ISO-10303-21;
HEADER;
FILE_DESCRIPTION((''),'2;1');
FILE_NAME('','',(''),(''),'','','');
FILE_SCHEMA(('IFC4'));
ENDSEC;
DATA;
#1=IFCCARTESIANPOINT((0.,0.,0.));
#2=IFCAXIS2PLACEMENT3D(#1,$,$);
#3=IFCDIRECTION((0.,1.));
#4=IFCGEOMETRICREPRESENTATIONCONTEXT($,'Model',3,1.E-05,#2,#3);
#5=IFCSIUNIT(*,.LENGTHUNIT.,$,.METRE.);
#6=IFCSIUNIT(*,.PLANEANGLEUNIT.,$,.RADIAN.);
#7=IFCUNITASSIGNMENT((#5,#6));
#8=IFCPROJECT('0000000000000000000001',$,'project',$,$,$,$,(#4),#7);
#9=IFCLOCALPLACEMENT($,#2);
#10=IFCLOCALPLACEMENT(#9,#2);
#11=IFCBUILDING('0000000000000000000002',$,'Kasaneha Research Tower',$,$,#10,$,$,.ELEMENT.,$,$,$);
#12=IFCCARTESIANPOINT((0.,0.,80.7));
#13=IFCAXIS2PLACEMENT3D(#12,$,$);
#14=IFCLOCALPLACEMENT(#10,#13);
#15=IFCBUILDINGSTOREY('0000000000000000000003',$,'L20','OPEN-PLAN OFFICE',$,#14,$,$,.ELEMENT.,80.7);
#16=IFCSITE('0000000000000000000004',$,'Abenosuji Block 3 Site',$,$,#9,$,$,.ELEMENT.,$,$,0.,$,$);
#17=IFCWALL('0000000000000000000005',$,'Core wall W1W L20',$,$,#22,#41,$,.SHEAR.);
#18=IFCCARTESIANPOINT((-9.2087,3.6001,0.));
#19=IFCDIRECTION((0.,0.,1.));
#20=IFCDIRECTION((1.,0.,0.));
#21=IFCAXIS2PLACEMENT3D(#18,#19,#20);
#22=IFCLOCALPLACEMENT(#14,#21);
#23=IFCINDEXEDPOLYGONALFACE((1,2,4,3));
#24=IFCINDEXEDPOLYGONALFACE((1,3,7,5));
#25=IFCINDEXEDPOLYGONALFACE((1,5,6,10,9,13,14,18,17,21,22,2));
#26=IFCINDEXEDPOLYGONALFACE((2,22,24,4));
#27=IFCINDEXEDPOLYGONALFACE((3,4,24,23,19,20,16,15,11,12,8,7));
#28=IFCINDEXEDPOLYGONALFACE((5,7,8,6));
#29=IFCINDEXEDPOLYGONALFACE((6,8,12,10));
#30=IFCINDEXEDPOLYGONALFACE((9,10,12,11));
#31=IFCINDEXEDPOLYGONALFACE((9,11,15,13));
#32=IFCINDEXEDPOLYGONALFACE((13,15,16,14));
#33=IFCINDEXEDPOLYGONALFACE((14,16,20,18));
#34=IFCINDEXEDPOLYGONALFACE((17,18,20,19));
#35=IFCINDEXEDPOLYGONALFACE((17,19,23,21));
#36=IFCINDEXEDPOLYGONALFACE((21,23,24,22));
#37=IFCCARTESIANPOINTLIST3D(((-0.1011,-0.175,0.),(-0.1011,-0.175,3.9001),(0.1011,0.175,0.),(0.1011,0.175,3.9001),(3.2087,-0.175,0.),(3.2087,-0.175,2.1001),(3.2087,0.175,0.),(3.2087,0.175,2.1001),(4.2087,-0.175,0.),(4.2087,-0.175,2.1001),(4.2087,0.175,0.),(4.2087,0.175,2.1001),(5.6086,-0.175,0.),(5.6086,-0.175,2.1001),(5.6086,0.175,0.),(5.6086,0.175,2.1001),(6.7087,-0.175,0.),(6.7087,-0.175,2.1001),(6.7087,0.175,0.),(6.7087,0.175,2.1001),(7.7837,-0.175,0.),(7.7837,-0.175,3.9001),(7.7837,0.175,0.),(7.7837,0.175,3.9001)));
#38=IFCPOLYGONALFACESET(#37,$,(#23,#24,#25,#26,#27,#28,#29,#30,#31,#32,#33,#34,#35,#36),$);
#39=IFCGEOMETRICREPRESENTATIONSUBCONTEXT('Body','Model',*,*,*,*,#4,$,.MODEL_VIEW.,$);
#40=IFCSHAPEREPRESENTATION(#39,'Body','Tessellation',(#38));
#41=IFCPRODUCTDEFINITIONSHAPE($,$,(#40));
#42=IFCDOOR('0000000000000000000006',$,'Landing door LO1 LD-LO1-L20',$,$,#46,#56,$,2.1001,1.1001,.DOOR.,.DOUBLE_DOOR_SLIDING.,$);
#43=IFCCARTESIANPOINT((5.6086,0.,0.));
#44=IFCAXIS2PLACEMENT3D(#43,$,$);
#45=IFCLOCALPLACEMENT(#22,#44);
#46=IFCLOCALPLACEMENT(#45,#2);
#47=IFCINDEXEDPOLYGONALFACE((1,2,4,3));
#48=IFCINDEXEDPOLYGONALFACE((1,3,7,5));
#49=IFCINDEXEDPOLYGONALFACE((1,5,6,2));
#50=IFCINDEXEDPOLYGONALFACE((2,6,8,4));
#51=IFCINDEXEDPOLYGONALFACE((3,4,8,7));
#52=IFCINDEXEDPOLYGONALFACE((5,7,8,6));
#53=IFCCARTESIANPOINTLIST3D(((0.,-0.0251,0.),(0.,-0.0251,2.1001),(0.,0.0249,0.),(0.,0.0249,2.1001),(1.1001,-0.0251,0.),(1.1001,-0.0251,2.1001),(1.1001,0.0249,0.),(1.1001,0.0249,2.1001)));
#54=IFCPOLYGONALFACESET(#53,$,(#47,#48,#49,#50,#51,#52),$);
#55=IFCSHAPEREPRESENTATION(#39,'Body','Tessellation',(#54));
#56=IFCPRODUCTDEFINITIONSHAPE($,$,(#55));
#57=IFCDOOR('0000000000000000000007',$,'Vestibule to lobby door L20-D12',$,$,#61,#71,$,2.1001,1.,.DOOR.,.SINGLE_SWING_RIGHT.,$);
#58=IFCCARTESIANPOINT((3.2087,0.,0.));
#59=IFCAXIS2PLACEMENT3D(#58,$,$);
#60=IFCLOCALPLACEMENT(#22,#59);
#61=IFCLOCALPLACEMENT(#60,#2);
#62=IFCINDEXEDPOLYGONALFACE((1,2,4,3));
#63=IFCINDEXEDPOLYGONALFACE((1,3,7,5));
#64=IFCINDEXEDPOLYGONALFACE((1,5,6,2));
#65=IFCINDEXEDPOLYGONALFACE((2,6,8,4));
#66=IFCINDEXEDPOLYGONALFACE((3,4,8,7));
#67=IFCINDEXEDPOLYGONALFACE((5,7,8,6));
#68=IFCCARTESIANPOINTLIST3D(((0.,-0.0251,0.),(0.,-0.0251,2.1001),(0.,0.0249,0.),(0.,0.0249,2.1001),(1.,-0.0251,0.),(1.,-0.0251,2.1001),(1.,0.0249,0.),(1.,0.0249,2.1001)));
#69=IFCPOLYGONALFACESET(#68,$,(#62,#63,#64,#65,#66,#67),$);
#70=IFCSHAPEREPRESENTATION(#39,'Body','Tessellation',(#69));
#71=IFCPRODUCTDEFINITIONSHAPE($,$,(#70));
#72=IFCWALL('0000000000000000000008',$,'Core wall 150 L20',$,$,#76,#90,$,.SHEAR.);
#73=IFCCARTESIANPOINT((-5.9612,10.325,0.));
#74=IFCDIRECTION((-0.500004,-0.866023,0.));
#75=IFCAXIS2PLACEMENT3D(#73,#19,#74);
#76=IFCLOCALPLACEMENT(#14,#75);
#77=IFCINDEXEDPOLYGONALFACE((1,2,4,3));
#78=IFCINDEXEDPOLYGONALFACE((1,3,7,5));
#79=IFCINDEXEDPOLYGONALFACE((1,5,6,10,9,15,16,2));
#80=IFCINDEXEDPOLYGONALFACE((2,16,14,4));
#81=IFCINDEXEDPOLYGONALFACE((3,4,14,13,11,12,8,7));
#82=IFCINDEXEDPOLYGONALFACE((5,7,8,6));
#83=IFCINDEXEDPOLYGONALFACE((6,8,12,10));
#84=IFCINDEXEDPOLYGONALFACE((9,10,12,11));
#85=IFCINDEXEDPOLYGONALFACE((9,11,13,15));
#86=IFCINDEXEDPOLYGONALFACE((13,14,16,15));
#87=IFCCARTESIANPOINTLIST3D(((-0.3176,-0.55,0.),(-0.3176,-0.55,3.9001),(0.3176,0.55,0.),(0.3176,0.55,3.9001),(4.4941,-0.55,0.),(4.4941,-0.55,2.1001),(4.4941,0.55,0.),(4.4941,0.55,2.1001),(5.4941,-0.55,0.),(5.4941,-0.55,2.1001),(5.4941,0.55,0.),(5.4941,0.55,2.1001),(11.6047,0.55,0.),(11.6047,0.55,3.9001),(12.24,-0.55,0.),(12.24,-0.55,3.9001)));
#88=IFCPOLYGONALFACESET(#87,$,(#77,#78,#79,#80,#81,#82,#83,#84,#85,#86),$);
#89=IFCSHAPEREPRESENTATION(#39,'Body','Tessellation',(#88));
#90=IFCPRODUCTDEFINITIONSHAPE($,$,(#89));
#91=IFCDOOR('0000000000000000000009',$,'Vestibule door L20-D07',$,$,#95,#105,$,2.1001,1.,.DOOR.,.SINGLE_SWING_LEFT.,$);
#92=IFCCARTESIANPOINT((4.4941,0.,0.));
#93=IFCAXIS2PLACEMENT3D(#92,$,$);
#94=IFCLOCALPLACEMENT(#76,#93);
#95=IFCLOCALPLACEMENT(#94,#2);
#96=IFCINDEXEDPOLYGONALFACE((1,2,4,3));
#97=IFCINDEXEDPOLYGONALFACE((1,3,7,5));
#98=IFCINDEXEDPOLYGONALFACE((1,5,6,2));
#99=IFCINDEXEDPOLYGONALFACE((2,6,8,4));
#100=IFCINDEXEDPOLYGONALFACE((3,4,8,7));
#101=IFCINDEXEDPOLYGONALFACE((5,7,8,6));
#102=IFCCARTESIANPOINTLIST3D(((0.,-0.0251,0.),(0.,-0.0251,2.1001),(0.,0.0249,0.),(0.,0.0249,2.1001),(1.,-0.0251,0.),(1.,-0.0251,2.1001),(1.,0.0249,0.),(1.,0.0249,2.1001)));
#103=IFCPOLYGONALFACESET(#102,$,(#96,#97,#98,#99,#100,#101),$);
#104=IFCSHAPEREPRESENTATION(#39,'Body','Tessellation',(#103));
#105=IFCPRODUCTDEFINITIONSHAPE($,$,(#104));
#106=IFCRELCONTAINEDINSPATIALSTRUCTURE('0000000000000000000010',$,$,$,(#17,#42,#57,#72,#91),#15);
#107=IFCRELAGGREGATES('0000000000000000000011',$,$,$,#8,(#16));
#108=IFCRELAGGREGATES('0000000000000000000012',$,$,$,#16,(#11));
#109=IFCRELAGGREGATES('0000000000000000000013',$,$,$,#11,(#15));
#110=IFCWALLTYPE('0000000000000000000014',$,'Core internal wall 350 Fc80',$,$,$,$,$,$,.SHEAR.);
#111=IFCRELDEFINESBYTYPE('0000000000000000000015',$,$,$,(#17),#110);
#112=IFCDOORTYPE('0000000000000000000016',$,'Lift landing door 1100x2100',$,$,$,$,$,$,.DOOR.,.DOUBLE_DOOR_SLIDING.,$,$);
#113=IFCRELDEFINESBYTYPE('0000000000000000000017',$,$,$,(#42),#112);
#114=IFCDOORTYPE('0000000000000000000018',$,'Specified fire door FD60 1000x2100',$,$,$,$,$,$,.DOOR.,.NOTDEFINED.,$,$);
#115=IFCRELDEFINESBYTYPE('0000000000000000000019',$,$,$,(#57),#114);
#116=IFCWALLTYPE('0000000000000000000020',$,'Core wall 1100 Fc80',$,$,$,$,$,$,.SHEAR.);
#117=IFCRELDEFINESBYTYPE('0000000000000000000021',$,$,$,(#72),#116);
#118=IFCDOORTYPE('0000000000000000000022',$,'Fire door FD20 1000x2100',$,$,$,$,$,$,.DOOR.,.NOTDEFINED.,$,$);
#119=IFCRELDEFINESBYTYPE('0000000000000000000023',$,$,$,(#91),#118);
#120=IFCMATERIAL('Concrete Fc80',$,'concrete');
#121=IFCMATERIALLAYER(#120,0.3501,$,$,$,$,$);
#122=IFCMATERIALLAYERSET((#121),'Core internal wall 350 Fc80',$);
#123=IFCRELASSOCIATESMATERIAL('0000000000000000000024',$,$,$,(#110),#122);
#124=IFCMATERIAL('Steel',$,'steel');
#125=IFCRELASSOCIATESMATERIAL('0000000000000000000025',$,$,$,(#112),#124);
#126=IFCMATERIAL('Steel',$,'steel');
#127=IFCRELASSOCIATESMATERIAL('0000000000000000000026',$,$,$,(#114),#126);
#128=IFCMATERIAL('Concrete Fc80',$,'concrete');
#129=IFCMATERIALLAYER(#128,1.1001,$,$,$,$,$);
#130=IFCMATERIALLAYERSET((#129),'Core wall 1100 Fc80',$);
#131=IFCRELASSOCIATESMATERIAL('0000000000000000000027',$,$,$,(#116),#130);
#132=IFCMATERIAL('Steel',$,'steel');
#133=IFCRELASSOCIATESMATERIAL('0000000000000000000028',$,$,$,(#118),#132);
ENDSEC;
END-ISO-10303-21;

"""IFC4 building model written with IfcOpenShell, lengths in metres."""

from ifc_helpers import new_model, si_unit, direction, frame, frame_2d, origin, place, context, subcontext, project, spatial, polyline, rectangle, outline, extrude, material, layer, layer_set, type_object, element, fill, save


model = new_model("IFC4")

# Units and contexts
model_context = context("Model", 3, precision=1e-05, world=origin(), true_north=direction((0.0, 1.0)))
body_context = subcontext(model_context, "Body", "Model", "MODEL_VIEW")
ifc_project = project(units=[si_unit("LENGTHUNIT", "METRE"), si_unit("PLANEANGLEUNIT", "RADIAN")], contexts=[model_context])

# Site, building, storey
site_placement = place(None, origin())
site = spatial("IfcSite", under=ifc_project, at=site_placement, Name="Abenosuji Block 3 Site", CompositionType="ELEMENT", RefElevation=0.0)
building_placement = place(site_placement, origin())
building = spatial("IfcBuilding", under=site, at=building_placement, Name="Kasaneha Research Tower", CompositionType="ELEMENT")
storey_placement = place(building_placement, frame((0.0, 0.0, 80.7)))
storey = spatial("IfcBuildingStorey", under=building, at=storey_placement, Name="L20", Description="OPEN-PLAN OFFICE", CompositionType="ELEMENT", Elevation=80.7)

# Wall, openings, doors
ifc_material_1 = material(Name="Concrete Fc80", Category="concrete")
ifc_layer_1 = layer(ifc_material_1, 0.3501)
ifc_layer_set_1 = layer_set([ifc_layer_1], Name="Core internal wall 350 Fc80")
wall_type_1 = type_object("IfcWallType", Name="Core internal wall 350 Fc80", PredefinedType="SHEAR", material=ifc_layer_set_1)
wall_1_placement = place(storey_placement, frame((-9.2087, 3.6001, 0.0), z_axis=(0.0, 0.0, 1.0), x_axis=(1.0, 0.0, 0.0)))
wall_1 = element("IfcWall", 1, at=wall_1_placement, inside=storey, type_object=wall_type_1, Name="Core wall W1W L20", PredefinedType="SHEAR", context=body_context, shape_type="SweptSolid", body=[
    extrude(outline(polyline([(-0.1011, -0.175), (3.2087, -0.175), (4.2087, -0.175), (5.6086, -0.175), (6.7087, -0.175), (7.7837, -0.175), (7.7837, 0.175), (6.7087, 0.175), (5.6086, 0.175), (4.2087, 0.175), (3.2087, 0.175), (0.1011, 0.175), (-0.1011, -0.175)])), origin(), (0.0, 0.0, 1.0), 3.9001),
])
opening_1_placement = place(wall_1_placement, frame((3.2087, 0.0, 0.0)))
opening_1 = element("IfcOpeningElement", 2, at=opening_1_placement, cuts=wall_1, PredefinedType="OPENING", context=body_context, shape_type="SweptSolid", body=[
    extrude(rectangle(XDim=1.0, YDim=2.1001, at=frame_2d((0.5, 1.05))), frame((0.0, 0.1851, 0.0), z_axis=(0.0, -1.0, 0.0), x_axis=(1.0, 0.0, 0.0)), (0.0, 0.0, 1.0), 0.3701),
])
opening_2_placement = place(wall_1_placement, frame((5.6086, 0.0, 0.0)))
opening_2 = element("IfcOpeningElement", 3, at=opening_2_placement, cuts=wall_1, PredefinedType="OPENING", context=body_context, shape_type="SweptSolid", body=[
    extrude(rectangle(XDim=1.1001, YDim=2.1001, at=frame_2d((0.55, 1.05))), frame((0.0, 0.1851, 0.0), z_axis=(0.0, -1.0, 0.0), x_axis=(1.0, 0.0, 0.0)), (0.0, 0.0, 1.0), 0.3701),
])
ifc_material_2 = material(Name="Steel", Category="steel")
door_type_1 = type_object("IfcDoorType", Name="Lift landing door 1100x2100", OperationType="DOUBLE_DOOR_SLIDING", PredefinedType="DOOR", material=ifc_material_2)
door_1_placement = place(opening_2_placement, origin())
door_1 = element("IfcDoor", 4, at=door_1_placement, inside=storey, type_object=door_type_1, Name="Landing door LO1 LD-LO1-L20", OperationType="DOUBLE_DOOR_SLIDING", OverallHeight=2.1001, OverallWidth=1.1001, PredefinedType="DOOR", context=body_context, shape_type="SweptSolid", body=[
    extrude(rectangle(XDim=1.1001, YDim=2.1001, at=frame_2d((0.55, 1.05))), frame((0.0, 0.0249, 0.0), z_axis=(0.0, -1.0, 0.0), x_axis=(1.0, 0.0, 0.0)), (0.0, 0.0, 1.0), 0.05),
])
fill(opening_2, door_1)
ifc_material_3 = material(Name="Steel", Category="steel")
door_type_2 = type_object("IfcDoorType", Name="Specified fire door FD60 1000x2100", OperationType="NOTDEFINED", PredefinedType="DOOR", material=ifc_material_3)
door_2_placement = place(opening_1_placement, origin())
door_2 = element("IfcDoor", 5, at=door_2_placement, inside=storey, type_object=door_type_2, Name="Vestibule to lobby door L20-D12", OperationType="SINGLE_SWING_RIGHT", OverallHeight=2.1001, OverallWidth=1.0, PredefinedType="DOOR", context=body_context, shape_type="SweptSolid", body=[
    extrude(rectangle(XDim=1.0, YDim=2.1001, at=frame_2d((0.5, 1.05))), frame((0.0, 0.0249, 0.0), z_axis=(0.0, -1.0, 0.0), x_axis=(1.0, 0.0, 0.0)), (0.0, 0.0, 1.0), 0.05),
])
fill(opening_1, door_2)

# Wall, opening, door
ifc_material_4 = material(Name="Concrete Fc80", Category="concrete")
ifc_layer_2 = layer(ifc_material_4, 1.1001)
ifc_layer_set_2 = layer_set([ifc_layer_2], Name="Core wall 1100 Fc80")
wall_type_2 = type_object("IfcWallType", Name="Core wall 1100 Fc80", PredefinedType="SHEAR", material=ifc_layer_set_2)
wall_2_placement = place(storey_placement, frame((-5.9612, 10.325, 0.0), z_axis=(0.0, 0.0, 1.0), x_axis=(-0.500004, -0.866023, 0.0)))
wall_2 = element("IfcWall", 6, at=wall_2_placement, inside=storey, type_object=wall_type_2, Name="Core wall 150 L20", PredefinedType="SHEAR", context=body_context, shape_type="SweptSolid", body=[
    extrude(outline(polyline([(-0.3176, -0.55), (4.4941, -0.55), (5.4941, -0.55), (12.24, -0.55), (11.6047, 0.55), (5.4941, 0.55), (4.4941, 0.55), (0.3176, 0.55), (-0.3176, -0.55)])), origin(), (0.0, 0.0, 1.0), 3.9001),
])
opening_3_placement = place(wall_2_placement, frame((4.4941, 0.0, 0.0)))
opening_3 = element("IfcOpeningElement", 7, at=opening_3_placement, cuts=wall_2, PredefinedType="OPENING", context=body_context, shape_type="SweptSolid", body=[
    extrude(rectangle(XDim=1.0, YDim=2.1001, at=frame_2d((0.5, 1.05))), frame((0.0, 0.5601, 0.0), z_axis=(0.0, -1.0, 0.0), x_axis=(1.0, 0.0, 0.0)), (0.0, 0.0, 1.0), 1.1201),
])
ifc_material_5 = material(Name="Steel", Category="steel")
door_type_3 = type_object("IfcDoorType", Name="Fire door FD20 1000x2100", OperationType="NOTDEFINED", PredefinedType="DOOR", material=ifc_material_5)
door_3_placement = place(opening_3_placement, origin())
door_3 = element("IfcDoor", 8, at=door_3_placement, inside=storey, type_object=door_type_3, Name="Vestibule door L20-D07", OperationType="SINGLE_SWING_LEFT", OverallHeight=2.1001, OverallWidth=1.0, PredefinedType="DOOR", context=body_context, shape_type="SweptSolid", body=[
    extrude(rectangle(XDim=1.0, YDim=2.1001, at=frame_2d((0.5, 1.05))), frame((0.0, 0.0249, 0.0), z_axis=(0.0, -1.0, 0.0), x_axis=(1.0, 0.0, 0.0)), (0.0, 0.0, 1.0), 0.05),
])
fill(opening_3, door_3)

save(model, "model.ifc")
